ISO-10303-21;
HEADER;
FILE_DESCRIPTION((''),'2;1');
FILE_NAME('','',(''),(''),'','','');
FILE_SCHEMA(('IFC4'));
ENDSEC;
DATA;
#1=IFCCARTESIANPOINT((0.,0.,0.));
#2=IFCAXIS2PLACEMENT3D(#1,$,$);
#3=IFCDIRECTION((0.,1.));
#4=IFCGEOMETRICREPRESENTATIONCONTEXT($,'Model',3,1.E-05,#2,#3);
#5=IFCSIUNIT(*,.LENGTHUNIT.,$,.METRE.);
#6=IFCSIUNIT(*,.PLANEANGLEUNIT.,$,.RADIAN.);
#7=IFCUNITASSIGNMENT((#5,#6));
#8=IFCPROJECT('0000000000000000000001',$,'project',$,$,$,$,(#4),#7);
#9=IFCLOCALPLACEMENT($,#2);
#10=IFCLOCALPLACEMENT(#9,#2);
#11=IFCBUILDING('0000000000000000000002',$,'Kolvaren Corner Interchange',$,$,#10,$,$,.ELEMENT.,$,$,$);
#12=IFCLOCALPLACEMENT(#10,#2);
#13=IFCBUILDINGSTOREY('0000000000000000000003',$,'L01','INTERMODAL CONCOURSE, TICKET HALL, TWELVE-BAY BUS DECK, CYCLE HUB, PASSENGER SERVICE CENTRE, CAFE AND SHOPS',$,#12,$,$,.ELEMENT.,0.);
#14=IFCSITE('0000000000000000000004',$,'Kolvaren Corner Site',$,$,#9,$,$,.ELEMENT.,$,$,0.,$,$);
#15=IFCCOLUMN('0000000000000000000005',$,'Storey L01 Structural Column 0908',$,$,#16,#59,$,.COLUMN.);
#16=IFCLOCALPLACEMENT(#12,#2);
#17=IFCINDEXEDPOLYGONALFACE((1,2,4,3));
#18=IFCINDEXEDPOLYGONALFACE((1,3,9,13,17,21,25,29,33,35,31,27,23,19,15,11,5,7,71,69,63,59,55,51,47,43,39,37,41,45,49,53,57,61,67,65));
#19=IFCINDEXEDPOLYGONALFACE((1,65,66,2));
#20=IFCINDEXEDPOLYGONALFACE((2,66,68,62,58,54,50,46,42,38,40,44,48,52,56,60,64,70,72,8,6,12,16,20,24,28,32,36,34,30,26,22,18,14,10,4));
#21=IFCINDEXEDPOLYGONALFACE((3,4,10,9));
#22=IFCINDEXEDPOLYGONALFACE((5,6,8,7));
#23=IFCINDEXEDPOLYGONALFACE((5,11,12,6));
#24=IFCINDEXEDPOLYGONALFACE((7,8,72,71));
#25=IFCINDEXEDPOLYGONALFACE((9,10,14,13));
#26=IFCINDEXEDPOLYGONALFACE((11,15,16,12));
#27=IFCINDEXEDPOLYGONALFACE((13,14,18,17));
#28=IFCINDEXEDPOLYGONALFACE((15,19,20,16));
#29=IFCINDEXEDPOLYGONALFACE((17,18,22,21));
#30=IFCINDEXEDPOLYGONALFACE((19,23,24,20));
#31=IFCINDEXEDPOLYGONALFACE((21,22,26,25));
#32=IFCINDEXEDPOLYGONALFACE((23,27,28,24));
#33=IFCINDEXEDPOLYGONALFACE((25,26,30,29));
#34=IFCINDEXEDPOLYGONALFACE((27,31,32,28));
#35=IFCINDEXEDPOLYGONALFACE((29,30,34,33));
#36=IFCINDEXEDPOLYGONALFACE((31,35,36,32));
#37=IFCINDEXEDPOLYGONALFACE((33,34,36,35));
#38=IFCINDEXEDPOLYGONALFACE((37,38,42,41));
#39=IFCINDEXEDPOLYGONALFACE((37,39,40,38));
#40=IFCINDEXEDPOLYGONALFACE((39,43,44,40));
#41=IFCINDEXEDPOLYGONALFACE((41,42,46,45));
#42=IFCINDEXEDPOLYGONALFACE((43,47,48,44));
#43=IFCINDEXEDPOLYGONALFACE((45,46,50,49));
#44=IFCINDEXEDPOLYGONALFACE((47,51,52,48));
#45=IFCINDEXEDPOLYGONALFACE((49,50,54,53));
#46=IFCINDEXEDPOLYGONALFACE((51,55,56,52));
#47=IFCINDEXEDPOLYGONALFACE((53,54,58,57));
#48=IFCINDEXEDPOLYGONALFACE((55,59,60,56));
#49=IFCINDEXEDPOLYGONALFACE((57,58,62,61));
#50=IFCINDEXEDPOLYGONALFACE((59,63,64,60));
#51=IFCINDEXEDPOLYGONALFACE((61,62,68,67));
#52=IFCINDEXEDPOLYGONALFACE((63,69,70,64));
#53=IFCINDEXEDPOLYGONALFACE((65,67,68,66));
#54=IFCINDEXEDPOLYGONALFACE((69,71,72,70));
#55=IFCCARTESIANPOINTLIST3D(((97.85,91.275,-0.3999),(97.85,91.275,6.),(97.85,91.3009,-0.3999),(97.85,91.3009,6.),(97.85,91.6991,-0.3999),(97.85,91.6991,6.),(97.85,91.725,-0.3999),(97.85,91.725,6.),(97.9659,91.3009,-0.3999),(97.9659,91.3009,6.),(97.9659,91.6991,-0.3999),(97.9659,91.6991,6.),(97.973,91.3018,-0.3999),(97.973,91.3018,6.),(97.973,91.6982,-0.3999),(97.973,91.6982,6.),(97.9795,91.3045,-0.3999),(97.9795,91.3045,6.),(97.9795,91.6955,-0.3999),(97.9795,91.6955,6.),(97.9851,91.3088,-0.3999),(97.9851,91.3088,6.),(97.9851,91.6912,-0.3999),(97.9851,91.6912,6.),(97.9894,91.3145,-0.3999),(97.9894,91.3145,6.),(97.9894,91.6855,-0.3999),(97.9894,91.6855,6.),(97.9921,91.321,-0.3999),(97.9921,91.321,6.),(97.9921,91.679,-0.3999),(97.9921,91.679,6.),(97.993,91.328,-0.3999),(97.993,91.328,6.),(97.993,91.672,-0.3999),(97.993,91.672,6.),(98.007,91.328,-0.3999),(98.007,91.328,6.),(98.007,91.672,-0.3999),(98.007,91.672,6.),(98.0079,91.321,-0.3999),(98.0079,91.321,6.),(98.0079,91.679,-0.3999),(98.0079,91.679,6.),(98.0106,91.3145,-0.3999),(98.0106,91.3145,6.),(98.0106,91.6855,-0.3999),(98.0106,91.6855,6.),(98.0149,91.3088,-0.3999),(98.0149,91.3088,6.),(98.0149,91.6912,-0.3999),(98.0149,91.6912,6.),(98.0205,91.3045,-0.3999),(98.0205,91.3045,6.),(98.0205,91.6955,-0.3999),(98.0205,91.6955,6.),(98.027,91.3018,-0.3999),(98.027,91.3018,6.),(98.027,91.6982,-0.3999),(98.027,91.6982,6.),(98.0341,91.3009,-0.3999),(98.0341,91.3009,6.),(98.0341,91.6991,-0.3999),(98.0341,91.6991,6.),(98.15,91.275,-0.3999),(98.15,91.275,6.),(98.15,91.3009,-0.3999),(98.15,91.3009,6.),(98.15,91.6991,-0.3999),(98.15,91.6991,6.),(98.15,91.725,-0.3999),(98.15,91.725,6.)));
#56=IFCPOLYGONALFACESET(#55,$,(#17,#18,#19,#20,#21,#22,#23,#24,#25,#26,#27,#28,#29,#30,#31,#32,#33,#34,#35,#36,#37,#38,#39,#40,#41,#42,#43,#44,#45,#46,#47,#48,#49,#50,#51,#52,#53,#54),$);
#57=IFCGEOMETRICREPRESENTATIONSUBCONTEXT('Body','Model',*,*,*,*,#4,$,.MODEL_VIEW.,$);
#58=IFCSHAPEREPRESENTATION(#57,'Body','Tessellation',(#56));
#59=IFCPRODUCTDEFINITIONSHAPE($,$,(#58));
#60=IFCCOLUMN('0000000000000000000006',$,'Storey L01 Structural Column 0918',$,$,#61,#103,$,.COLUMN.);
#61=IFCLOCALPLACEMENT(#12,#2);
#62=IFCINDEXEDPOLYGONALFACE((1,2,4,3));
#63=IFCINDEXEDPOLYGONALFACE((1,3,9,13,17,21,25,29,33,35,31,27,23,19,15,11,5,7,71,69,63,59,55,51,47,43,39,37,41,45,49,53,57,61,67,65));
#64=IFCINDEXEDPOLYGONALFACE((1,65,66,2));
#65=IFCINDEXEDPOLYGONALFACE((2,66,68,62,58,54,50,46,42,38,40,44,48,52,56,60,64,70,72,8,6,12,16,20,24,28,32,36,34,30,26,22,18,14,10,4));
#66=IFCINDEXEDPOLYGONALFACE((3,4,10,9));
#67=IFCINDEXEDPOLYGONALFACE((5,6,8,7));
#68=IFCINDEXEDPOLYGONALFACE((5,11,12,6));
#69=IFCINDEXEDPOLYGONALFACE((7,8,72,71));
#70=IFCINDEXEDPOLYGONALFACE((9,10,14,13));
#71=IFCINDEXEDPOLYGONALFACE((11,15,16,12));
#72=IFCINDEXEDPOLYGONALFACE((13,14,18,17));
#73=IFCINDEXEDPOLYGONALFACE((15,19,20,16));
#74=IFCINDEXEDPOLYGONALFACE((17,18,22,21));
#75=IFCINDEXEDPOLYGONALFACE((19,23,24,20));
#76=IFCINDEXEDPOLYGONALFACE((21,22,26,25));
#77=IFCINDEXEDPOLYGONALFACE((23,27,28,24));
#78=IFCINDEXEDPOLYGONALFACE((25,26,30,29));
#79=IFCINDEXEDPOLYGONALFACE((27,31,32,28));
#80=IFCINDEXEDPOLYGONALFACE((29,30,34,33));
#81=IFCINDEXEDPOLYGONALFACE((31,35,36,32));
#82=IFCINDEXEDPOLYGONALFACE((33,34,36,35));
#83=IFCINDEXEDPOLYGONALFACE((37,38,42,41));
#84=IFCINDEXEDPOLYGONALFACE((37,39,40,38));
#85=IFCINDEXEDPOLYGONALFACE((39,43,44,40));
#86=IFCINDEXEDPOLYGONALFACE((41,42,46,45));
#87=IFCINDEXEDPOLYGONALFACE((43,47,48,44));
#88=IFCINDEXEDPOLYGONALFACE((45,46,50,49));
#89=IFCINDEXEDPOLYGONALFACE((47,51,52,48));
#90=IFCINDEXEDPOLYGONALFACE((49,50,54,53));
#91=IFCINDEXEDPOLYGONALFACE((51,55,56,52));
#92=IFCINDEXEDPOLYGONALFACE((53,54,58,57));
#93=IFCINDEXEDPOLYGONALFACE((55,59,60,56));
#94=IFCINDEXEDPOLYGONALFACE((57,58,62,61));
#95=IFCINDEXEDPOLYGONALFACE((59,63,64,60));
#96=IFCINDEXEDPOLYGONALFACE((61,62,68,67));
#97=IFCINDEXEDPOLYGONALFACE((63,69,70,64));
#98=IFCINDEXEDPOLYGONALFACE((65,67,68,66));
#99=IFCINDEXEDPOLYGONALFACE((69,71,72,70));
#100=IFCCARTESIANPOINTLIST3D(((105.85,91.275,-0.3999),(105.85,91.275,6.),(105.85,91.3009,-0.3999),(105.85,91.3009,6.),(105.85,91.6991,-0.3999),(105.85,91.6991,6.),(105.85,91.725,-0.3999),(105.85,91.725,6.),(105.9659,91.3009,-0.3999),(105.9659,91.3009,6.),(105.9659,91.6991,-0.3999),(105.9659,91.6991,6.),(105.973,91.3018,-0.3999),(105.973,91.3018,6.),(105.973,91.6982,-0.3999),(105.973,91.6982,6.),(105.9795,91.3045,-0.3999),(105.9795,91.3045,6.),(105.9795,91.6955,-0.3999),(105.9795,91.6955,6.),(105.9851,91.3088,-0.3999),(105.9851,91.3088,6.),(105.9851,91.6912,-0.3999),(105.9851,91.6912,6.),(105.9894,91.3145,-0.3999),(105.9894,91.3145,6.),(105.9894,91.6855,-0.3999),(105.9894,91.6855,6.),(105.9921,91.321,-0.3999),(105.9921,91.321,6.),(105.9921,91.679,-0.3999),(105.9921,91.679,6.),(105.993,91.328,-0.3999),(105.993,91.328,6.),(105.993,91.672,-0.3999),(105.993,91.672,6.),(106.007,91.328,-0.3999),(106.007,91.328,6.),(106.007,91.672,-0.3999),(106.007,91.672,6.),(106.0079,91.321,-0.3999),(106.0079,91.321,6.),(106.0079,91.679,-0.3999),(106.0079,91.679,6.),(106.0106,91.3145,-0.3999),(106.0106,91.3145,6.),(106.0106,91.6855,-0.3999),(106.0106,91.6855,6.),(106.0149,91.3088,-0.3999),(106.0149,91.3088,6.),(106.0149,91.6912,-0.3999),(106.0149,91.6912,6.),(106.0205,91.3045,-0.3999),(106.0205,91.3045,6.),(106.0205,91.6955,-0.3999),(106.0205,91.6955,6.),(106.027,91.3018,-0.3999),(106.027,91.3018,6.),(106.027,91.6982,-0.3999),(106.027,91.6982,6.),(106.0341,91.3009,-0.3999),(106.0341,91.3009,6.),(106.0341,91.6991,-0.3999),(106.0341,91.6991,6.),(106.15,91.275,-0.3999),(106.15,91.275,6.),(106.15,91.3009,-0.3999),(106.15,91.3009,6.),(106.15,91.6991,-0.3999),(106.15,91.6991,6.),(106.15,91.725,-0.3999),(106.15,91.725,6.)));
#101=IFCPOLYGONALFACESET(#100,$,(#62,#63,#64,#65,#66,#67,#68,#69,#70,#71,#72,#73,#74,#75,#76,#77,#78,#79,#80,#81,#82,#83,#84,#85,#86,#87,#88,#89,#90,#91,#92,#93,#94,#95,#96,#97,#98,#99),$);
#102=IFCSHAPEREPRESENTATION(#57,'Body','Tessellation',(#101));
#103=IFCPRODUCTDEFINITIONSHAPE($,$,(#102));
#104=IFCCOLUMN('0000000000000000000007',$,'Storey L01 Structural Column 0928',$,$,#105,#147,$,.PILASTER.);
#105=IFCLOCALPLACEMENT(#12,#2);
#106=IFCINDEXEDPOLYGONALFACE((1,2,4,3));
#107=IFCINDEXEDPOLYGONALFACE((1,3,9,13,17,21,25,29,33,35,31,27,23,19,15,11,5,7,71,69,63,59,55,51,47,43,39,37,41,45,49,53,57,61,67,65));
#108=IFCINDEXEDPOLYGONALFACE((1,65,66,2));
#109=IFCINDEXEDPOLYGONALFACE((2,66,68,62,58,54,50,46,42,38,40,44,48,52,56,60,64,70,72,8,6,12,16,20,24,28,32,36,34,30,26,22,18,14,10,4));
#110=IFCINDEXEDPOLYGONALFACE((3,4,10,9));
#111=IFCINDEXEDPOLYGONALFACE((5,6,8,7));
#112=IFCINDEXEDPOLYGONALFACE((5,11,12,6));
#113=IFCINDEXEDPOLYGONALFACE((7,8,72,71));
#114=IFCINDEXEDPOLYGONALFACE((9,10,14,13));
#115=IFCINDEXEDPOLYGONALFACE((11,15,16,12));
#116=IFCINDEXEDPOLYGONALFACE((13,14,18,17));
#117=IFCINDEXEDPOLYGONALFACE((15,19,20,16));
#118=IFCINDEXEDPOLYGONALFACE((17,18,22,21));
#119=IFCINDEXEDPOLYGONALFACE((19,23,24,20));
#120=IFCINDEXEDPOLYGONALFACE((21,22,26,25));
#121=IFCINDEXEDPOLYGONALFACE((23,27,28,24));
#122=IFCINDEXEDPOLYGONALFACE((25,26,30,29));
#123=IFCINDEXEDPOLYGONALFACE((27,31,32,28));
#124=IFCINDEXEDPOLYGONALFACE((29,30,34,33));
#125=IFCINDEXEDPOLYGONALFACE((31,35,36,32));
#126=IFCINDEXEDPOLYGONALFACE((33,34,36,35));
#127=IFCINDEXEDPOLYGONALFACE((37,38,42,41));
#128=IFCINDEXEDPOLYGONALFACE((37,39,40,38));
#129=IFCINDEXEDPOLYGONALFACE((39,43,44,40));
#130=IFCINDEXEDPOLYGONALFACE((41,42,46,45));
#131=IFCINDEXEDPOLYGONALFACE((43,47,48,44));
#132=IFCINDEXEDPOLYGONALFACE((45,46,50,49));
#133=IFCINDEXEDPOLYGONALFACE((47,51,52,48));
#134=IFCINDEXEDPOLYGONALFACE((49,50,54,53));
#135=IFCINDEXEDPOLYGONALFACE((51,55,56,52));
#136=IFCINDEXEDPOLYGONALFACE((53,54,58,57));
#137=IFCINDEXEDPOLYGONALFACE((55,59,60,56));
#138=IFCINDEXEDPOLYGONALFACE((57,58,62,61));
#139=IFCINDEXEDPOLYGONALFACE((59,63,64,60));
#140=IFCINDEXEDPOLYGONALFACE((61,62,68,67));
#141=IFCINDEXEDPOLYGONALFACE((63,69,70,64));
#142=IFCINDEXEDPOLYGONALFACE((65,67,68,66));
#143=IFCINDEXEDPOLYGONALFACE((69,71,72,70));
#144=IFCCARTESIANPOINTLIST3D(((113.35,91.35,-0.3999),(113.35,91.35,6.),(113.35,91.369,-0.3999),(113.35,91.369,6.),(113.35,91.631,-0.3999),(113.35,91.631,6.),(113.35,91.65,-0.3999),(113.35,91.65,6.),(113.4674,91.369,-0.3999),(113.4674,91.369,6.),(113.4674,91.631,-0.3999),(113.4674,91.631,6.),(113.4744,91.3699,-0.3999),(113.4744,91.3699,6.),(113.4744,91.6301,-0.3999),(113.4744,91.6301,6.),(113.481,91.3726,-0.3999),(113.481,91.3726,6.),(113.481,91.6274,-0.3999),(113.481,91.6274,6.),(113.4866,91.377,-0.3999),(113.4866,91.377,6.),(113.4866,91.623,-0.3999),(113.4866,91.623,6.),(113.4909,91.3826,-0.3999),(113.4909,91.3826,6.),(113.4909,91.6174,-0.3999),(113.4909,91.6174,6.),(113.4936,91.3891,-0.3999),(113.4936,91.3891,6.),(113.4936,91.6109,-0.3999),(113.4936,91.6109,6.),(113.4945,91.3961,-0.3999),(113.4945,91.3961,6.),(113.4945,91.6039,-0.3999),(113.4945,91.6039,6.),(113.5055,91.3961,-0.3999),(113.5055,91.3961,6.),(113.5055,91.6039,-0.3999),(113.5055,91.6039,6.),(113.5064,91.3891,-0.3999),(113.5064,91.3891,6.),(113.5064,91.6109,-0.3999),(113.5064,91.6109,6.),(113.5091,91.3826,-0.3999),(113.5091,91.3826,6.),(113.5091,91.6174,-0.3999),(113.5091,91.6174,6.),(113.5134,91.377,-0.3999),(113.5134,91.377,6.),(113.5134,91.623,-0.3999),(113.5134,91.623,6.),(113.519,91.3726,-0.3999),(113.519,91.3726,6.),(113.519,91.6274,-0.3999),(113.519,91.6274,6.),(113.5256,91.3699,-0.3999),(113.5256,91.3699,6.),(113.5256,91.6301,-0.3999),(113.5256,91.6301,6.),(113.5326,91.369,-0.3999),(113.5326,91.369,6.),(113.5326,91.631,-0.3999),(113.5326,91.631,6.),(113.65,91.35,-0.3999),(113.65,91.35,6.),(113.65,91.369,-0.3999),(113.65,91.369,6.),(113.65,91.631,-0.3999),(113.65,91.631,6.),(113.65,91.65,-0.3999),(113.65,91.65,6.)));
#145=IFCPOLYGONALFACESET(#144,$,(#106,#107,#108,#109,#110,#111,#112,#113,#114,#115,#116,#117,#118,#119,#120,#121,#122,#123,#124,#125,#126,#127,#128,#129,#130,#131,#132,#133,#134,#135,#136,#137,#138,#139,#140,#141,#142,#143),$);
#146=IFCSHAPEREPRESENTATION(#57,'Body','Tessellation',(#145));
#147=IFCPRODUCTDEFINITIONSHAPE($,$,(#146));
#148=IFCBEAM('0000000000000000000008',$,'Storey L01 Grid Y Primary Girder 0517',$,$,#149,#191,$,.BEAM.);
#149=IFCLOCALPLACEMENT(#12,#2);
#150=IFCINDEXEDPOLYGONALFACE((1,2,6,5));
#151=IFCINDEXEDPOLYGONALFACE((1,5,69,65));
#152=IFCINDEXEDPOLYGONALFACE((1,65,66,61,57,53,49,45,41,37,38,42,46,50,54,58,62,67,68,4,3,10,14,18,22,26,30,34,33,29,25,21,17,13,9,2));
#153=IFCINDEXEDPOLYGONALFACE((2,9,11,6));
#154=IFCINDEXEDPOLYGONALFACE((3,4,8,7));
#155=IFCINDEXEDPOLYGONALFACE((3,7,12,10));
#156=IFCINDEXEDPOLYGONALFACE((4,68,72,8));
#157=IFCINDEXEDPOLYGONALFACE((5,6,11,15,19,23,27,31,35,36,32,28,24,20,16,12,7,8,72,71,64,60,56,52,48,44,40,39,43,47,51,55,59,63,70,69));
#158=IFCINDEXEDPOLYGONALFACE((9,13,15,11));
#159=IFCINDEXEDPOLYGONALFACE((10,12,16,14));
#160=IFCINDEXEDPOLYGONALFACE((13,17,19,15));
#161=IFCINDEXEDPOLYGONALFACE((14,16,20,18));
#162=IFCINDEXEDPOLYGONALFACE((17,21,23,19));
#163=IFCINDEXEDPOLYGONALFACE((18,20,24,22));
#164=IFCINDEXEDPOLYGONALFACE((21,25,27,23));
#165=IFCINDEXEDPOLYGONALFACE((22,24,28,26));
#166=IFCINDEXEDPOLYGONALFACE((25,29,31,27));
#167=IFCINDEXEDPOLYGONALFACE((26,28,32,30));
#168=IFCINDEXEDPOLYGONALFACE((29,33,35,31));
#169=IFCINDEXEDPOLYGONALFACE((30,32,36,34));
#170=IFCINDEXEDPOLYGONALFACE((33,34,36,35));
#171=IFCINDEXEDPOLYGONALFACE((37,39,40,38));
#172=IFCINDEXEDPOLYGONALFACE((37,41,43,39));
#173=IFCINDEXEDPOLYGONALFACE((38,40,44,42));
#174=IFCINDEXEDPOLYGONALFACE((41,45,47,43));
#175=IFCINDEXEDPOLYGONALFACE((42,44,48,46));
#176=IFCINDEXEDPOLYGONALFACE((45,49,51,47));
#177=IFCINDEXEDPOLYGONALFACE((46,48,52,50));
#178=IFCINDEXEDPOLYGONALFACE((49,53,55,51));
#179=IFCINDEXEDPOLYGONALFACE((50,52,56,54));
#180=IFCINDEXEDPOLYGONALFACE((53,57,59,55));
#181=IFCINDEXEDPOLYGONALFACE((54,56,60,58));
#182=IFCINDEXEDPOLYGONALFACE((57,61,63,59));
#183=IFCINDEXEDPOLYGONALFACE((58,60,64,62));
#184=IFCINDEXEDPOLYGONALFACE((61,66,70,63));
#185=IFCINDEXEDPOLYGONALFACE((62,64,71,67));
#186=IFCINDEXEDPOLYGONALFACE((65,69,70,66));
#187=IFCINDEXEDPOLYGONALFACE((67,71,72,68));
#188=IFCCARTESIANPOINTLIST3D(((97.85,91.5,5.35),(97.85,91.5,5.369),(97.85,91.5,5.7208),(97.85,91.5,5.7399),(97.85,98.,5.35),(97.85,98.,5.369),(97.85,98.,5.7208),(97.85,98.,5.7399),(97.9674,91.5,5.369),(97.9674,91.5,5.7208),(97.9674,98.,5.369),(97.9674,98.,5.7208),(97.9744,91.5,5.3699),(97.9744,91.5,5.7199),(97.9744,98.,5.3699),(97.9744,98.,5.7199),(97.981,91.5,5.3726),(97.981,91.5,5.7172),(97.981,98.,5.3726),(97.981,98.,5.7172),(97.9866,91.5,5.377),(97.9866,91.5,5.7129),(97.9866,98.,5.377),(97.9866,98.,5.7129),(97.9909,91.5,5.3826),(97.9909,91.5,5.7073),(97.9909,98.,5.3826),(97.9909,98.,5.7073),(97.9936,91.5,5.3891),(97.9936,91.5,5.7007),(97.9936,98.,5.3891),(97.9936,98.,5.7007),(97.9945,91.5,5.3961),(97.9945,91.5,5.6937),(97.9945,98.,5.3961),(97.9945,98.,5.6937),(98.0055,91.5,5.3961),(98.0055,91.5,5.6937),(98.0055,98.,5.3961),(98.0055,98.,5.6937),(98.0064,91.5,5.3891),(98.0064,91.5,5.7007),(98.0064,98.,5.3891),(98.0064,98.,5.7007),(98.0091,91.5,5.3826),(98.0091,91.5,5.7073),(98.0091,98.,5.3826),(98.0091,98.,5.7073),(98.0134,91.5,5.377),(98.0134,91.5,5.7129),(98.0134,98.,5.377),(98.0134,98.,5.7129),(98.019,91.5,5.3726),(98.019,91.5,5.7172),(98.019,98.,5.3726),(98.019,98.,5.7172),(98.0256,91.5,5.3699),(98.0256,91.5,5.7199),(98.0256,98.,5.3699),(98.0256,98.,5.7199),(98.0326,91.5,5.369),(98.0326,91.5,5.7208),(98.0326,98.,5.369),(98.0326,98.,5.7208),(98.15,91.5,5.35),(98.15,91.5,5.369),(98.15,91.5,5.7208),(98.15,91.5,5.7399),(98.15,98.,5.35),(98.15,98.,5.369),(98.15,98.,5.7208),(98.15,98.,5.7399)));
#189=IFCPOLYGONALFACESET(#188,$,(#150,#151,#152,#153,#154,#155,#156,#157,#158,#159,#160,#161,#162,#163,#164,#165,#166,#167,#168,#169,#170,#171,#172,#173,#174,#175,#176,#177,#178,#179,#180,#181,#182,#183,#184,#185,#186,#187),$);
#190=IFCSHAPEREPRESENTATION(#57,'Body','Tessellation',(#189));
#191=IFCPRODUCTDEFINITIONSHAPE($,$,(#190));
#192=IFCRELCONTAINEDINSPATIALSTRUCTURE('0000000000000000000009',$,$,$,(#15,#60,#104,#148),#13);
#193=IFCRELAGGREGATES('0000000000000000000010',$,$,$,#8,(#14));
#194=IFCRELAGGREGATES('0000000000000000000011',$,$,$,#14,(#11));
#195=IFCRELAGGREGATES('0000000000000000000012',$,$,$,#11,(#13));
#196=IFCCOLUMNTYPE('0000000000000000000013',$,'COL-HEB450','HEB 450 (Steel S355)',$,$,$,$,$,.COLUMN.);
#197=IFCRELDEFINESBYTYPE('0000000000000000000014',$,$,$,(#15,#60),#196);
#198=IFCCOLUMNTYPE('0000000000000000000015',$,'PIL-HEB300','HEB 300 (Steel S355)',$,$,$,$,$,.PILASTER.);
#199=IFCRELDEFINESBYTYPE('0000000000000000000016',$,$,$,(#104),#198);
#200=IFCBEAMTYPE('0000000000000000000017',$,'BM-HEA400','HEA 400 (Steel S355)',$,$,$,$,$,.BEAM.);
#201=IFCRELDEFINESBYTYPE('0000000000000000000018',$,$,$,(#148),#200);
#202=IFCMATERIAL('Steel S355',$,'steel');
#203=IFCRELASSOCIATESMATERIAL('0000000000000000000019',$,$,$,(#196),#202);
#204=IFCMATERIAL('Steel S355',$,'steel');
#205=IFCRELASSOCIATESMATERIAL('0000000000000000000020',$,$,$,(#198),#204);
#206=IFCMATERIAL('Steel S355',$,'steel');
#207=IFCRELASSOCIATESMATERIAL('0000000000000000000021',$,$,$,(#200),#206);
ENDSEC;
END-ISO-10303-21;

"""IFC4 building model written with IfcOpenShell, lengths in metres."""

from ifc_helpers import new_model, si_unit, direction, frame, origin, origin_2d, place, context, subcontext, project, spatial, i_section, extrude, material, material_profile, profile_set, type_object, element, save


model = new_model("IFC4")

# Units and contexts
model_context = context("Model", 3, precision=1e-05, world=origin(), true_north=direction((0.0, 1.0)))
body_context = subcontext(model_context, "Body", "Model", "MODEL_VIEW")
ifc_project = project(units=[si_unit("LENGTHUNIT", "METRE"), si_unit("PLANEANGLEUNIT", "RADIAN")], contexts=[model_context])

# Site, building, storey
site_placement = place(None, origin())
site = spatial("IfcSite", under=ifc_project, at=site_placement, Name="Kolvaren Corner Site", CompositionType="ELEMENT", RefElevation=0.0)
building_placement = place(site_placement, origin())
building = spatial("IfcBuilding", under=site, at=building_placement, Name="Kolvaren Corner Interchange", CompositionType="ELEMENT")
storey_placement = place(building_placement, origin())
storey = spatial("IfcBuildingStorey", under=building, at=storey_placement, Name="L01", Description="INTERMODAL CONCOURSE, TICKET HALL, TWELVE-BAY BUS DECK, CYCLE HUB, PASSENGER SERVICE CENTRE, CAFE AND SHOPS", CompositionType="ELEMENT", Elevation=0.0)

# Columns
ifc_material_1 = material(Name="Steel S355", Category="steel")
ifc_material_profile_1 = material_profile(ifc_material_1, i_section(OverallWidth=0.3, OverallDepth=0.45, WebThickness=0.0139, FlangeThickness=0.0259, FilletRadius=0.0271, at=origin_2d()), Name="HEB 450")
ifc_profile_set_1 = profile_set([ifc_material_profile_1], Name="Steel S355")
column_type_1 = type_object("IfcColumnType", Name="COL-HEB450", Description="HEB 450 (Steel S355)", PredefinedType="COLUMN", material=ifc_profile_set_1)
for number, where, z_axis, x_axis, name in (
    (1, (98.0, 91.5, -0.3999), (0.0, 0.0, 1.0), (1.0, 0.0, 0.0), "Storey L01 Structural Column 0908"),
    (2, (106.0, 91.5, -0.3999), (0.0, 0.0, 1.0), (1.0, 0.0, 0.0), "Storey L01 Structural Column 0918"),
):
    element("IfcColumn", number, at=place(storey_placement, frame(where, z_axis=z_axis, x_axis=x_axis)), inside=storey, type_object=column_type_1, Name=name, PredefinedType="COLUMN", context=body_context, shape_type="SweptSolid", body=[
        extrude(i_section(OverallWidth=0.3, OverallDepth=0.45, WebThickness=0.0139, FlangeThickness=0.0259, FilletRadius=0.0271, at=origin_2d()), origin(), (0.0, 0.0, 1.0), 6.3999),
    ])
ifc_material_2 = material(Name="Steel S355", Category="steel")
ifc_material_profile_2 = material_profile(ifc_material_2, i_section(OverallWidth=0.3, OverallDepth=0.3, WebThickness=0.011, FlangeThickness=0.019, FilletRadius=0.0271, at=origin_2d()), Name="HEB 300")
ifc_profile_set_2 = profile_set([ifc_material_profile_2], Name="Steel S355")
column_type_2 = type_object("IfcColumnType", Name="PIL-HEB300", Description="HEB 300 (Steel S355)", PredefinedType="PILASTER", material=ifc_profile_set_2)
column_placement = place(storey_placement, frame((113.5, 91.5, -0.3999), z_axis=(0.0, 0.0, 1.0), x_axis=(1.0, 0.0, 0.0)))
element("IfcColumn", 3, at=column_placement, inside=storey, type_object=column_type_2, Name="Storey L01 Structural Column 0928", PredefinedType="PILASTER", context=body_context, shape_type="SweptSolid", body=[
    extrude(i_section(OverallWidth=0.3, OverallDepth=0.3, WebThickness=0.011, FlangeThickness=0.019, FilletRadius=0.0271, at=origin_2d()), origin(), (0.0, 0.0, 1.0), 6.3999),
])

# Beam
ifc_material_3 = material(Name="Steel S355", Category="steel")
ifc_material_profile_3 = material_profile(ifc_material_3, i_section(OverallWidth=0.3, OverallDepth=0.3899, WebThickness=0.011, FlangeThickness=0.019, FilletRadius=0.0271, at=origin_2d()), Name="HEA 400")
ifc_profile_set_3 = profile_set([ifc_material_profile_3], Name="Steel S355")
beam_type_1 = type_object("IfcBeamType", Name="BM-HEA400", Description="HEA 400 (Steel S355)", PredefinedType="BEAM", material=ifc_profile_set_3)
for number, where, z_axis, x_axis, name in (
    (4, (98.0, 91.5, 5.5449), (0.0, 1.0, 0.0), (-1.0, 0.0, 0.0), "Storey L01 Grid Y Primary Girder 0517"),
):
    element("IfcBeam", number, at=place(storey_placement, frame(where, z_axis=z_axis, x_axis=x_axis)), inside=storey, type_object=beam_type_1, Name=name, PredefinedType="BEAM", context=body_context, shape_type="SweptSolid", body=[
        extrude(i_section(OverallWidth=0.3, OverallDepth=0.3899, WebThickness=0.011, FlangeThickness=0.019, FilletRadius=0.0271, at=origin_2d()), origin(), (0.0, 0.0, 1.0), 6.5),
    ])

save(model, "model.ifc")
